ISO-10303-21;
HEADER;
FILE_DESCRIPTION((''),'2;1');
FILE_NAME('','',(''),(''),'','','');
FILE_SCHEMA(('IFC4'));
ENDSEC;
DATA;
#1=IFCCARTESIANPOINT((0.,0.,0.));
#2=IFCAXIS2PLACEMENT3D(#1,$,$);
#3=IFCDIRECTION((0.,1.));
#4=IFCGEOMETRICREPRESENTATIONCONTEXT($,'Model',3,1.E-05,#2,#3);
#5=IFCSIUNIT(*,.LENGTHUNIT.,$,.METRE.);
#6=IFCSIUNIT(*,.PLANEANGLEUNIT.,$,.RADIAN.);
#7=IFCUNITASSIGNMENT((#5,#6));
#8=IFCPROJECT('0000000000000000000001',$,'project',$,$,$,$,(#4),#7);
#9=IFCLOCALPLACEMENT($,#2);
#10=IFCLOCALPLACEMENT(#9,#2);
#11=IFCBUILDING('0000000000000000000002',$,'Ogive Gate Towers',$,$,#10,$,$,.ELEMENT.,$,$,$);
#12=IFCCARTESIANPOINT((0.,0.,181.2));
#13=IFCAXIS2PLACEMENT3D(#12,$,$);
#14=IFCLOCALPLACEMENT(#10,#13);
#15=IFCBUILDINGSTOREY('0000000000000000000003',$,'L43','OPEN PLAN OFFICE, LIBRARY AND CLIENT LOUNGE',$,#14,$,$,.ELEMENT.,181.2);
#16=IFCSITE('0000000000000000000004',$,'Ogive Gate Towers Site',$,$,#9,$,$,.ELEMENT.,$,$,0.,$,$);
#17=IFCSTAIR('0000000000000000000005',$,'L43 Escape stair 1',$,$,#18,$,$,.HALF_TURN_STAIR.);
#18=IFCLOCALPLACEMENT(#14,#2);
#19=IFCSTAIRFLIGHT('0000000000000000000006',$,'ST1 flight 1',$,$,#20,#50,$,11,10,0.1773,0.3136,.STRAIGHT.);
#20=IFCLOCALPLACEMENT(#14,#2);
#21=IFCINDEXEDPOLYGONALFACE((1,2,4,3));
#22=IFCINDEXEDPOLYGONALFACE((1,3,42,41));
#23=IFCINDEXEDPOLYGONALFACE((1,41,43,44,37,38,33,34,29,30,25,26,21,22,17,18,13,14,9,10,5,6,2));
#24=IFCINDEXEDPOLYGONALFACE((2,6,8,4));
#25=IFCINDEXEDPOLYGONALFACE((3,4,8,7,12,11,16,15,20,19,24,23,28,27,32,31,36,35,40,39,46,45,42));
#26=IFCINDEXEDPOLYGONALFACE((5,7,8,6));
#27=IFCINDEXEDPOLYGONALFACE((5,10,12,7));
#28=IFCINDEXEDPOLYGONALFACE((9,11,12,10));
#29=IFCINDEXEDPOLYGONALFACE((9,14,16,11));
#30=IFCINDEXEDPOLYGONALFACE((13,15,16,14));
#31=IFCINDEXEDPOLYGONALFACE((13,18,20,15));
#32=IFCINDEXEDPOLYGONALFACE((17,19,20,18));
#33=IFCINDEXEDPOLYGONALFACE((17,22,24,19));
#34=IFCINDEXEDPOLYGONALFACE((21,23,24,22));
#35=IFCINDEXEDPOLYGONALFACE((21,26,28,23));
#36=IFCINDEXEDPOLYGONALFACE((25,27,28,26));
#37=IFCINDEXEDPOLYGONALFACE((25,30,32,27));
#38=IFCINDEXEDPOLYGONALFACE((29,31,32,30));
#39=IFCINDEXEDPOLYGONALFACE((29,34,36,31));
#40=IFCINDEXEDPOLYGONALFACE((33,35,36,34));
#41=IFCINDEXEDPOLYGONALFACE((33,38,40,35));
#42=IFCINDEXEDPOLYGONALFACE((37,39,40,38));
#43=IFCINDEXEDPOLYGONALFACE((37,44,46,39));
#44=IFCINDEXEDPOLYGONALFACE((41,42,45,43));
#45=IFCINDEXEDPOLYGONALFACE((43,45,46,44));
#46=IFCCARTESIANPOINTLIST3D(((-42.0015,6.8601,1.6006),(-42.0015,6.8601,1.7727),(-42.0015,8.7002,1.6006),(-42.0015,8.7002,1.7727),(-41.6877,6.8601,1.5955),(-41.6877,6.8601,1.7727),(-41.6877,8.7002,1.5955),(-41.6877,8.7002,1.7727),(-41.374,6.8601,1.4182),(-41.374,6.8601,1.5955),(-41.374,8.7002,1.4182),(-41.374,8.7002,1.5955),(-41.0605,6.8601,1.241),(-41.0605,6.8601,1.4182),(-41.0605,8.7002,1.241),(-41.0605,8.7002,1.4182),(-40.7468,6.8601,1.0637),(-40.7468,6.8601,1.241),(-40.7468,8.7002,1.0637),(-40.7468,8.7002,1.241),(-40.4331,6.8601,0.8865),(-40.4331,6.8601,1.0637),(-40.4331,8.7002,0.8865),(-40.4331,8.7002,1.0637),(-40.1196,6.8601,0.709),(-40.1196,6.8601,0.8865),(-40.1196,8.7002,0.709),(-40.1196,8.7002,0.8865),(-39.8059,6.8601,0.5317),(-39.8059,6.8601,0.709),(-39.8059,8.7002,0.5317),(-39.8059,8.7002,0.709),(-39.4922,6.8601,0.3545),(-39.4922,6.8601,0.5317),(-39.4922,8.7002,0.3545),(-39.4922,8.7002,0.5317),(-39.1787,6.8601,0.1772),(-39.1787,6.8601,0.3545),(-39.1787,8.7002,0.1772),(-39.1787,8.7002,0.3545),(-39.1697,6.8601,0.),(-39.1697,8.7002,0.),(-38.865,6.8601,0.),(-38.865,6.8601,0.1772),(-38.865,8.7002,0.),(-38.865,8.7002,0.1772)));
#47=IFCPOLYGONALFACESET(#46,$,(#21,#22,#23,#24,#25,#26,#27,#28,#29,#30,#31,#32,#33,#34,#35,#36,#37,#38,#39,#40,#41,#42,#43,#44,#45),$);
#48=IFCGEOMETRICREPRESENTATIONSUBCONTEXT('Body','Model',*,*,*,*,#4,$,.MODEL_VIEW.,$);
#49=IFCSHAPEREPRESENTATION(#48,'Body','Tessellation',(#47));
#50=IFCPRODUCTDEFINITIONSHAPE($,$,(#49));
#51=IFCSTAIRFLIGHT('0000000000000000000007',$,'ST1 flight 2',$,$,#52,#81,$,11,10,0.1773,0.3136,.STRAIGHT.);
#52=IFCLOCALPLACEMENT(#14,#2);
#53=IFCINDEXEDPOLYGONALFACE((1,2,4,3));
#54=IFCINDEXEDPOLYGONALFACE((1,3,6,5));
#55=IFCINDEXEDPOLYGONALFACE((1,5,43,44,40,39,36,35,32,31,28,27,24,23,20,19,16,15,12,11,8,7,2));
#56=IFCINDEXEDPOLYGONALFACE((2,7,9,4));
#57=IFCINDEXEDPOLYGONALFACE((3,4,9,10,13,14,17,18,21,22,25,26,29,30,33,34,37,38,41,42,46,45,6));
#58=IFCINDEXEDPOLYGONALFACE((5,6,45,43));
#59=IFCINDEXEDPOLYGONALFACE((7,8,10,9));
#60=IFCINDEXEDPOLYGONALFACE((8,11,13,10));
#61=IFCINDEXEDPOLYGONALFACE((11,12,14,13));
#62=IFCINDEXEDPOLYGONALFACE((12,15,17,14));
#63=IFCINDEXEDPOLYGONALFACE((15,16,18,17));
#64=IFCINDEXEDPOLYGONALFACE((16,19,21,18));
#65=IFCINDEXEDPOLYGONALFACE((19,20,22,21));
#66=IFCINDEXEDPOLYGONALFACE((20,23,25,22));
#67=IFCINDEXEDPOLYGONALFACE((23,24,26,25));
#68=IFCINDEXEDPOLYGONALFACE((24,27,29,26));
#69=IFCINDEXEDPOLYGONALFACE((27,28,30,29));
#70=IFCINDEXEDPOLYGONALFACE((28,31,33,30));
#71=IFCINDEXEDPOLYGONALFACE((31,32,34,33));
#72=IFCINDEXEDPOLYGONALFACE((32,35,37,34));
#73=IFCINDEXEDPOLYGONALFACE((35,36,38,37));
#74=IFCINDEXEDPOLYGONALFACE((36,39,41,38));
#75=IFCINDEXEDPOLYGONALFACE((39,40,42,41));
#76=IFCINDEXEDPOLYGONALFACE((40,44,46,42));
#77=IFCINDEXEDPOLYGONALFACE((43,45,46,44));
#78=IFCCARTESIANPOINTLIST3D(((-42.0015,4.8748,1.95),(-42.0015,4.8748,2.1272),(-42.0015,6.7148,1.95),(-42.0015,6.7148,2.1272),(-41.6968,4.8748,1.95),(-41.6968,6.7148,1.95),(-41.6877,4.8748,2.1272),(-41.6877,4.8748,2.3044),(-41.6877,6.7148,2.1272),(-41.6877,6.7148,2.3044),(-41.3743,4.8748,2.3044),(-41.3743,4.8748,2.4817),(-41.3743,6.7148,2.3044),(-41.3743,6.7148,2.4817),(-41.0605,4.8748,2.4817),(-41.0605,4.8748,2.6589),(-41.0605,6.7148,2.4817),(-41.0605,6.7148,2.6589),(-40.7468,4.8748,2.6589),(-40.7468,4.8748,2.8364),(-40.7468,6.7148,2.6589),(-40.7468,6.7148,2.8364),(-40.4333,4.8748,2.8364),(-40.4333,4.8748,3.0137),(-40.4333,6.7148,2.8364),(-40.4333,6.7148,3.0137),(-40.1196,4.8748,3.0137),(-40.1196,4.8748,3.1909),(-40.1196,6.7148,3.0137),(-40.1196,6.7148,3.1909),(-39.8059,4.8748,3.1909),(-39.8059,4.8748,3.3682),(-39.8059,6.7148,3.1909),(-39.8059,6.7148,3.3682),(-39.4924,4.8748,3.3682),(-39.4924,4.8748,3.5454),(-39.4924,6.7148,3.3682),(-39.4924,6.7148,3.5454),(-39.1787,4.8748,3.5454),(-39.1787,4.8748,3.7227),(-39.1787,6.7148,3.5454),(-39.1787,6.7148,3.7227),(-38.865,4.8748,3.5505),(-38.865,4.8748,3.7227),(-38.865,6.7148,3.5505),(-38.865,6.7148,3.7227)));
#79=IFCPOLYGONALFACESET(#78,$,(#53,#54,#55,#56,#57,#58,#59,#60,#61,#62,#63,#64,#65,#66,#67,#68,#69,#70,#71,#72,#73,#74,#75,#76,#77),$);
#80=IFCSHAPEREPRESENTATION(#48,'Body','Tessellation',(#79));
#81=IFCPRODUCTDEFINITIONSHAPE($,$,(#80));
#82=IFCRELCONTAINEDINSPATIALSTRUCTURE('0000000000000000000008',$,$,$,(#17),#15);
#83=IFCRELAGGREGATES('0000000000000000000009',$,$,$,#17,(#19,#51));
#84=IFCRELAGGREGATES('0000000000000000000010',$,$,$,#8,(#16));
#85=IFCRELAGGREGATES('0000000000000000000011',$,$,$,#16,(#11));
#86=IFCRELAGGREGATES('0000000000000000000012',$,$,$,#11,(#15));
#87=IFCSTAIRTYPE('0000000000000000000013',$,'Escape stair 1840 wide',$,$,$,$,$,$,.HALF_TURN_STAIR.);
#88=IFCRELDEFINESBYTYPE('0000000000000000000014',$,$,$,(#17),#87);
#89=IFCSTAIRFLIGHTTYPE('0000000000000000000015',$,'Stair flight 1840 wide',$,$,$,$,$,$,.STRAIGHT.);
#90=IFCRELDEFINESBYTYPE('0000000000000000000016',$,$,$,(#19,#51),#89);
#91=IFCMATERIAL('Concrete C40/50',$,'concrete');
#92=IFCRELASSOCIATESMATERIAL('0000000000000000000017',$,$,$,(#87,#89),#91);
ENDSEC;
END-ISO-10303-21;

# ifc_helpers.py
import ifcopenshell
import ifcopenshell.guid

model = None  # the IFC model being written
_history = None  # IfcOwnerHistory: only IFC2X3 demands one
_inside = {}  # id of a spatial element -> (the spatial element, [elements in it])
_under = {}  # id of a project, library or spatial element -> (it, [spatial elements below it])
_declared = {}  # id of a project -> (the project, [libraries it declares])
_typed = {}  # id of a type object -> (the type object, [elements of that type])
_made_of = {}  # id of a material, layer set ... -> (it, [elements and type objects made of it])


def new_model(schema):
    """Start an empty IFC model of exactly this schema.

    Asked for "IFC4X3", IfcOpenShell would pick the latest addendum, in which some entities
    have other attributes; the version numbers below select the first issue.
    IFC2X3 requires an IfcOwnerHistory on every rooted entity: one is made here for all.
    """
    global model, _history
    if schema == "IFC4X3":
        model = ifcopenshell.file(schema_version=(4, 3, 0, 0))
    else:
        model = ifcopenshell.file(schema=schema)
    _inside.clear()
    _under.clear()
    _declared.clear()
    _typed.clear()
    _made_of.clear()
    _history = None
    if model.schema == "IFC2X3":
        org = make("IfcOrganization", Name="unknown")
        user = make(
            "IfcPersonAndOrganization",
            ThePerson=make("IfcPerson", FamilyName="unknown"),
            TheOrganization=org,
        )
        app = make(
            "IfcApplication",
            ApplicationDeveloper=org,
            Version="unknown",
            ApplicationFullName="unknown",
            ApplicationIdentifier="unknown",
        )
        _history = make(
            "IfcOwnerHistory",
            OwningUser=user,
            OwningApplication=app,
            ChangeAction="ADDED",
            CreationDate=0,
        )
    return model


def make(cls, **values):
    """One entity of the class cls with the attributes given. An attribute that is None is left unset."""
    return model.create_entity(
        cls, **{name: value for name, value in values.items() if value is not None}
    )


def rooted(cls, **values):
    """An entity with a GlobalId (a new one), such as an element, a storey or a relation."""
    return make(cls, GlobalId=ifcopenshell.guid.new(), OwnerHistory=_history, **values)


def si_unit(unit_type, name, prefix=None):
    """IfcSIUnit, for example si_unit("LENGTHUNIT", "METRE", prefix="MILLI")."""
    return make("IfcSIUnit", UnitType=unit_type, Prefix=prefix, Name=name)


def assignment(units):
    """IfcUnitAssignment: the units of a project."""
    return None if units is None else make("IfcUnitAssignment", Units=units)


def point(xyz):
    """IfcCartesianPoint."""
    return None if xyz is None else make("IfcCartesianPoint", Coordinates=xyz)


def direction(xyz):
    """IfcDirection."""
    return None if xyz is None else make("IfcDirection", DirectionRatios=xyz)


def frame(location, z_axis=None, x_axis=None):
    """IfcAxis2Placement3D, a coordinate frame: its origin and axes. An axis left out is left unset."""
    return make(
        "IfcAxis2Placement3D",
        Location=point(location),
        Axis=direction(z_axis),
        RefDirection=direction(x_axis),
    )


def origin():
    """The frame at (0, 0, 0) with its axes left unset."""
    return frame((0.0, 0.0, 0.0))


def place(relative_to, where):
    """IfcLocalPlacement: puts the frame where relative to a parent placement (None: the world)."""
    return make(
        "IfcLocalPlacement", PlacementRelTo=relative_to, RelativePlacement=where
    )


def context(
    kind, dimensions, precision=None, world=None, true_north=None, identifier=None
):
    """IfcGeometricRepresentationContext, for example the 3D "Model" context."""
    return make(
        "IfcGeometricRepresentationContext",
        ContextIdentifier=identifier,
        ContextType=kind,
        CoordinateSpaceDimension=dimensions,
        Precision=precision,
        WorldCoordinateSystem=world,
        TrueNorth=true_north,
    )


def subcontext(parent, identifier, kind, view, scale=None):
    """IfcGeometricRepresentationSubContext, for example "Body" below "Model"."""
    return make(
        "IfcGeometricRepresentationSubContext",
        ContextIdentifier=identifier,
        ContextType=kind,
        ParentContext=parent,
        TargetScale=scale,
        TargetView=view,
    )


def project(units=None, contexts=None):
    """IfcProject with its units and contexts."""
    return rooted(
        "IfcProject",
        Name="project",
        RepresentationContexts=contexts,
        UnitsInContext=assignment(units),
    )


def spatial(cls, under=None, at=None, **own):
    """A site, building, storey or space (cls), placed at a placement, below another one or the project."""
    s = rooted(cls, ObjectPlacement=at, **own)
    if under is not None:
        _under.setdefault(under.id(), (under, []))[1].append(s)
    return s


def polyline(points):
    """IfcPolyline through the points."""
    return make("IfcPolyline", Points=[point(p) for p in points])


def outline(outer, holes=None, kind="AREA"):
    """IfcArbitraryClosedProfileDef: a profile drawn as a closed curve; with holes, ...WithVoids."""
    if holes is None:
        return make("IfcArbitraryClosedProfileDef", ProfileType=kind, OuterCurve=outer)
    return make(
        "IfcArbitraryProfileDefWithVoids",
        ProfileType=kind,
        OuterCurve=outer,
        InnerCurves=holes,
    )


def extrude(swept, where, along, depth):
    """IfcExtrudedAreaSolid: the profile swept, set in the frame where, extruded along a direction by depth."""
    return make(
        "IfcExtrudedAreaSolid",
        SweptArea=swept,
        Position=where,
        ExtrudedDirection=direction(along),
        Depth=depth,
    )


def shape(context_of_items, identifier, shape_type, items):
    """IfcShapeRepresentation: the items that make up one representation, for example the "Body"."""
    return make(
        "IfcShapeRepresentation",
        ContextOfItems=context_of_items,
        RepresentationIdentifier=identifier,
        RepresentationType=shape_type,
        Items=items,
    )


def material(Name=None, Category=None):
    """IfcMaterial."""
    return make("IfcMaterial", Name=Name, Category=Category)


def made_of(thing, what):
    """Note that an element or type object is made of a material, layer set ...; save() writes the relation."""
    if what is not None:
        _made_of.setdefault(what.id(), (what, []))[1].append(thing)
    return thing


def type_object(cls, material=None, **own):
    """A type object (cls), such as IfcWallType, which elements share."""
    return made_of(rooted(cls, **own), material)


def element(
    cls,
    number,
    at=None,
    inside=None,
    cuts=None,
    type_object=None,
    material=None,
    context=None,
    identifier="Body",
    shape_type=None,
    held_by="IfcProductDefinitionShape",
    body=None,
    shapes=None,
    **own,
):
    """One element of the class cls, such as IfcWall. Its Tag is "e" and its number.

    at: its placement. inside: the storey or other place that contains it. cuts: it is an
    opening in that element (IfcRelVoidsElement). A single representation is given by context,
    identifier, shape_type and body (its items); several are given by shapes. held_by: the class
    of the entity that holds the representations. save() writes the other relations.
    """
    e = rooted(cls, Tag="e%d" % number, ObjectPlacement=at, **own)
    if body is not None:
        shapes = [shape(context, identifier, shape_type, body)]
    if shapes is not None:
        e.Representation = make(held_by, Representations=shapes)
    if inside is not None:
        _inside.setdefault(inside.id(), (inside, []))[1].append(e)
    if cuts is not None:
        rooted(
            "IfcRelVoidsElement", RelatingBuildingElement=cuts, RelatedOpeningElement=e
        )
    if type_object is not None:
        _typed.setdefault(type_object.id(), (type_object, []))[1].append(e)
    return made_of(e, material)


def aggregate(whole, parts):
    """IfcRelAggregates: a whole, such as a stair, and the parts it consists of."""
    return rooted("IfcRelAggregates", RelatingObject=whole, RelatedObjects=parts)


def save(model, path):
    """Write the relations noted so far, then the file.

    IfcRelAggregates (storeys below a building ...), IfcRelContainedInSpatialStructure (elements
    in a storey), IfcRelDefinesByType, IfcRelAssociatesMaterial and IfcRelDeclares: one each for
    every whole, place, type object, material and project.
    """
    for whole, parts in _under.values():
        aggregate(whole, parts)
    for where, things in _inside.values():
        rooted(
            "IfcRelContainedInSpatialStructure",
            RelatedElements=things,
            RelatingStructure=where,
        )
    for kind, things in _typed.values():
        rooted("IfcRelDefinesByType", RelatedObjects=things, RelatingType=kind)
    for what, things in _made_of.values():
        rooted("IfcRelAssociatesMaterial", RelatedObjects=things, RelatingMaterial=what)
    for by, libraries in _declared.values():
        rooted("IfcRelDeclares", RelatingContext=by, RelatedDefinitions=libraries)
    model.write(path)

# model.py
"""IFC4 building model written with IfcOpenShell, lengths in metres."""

from ifc_helpers import new_model, si_unit, direction, frame, origin, place, context, subcontext, project, spatial, polyline, outline, extrude, material, type_object, element, aggregate, save


model = new_model("IFC4")

# Units and contexts
model_context = context("Model", 3, precision=1e-05, world=origin(), true_north=direction((0.0, 1.0)))
body_context = subcontext(model_context, "Body", "Model", "MODEL_VIEW")
ifc_project = project(units=[si_unit("LENGTHUNIT", "METRE"), si_unit("PLANEANGLEUNIT", "RADIAN")], contexts=[model_context])

# Site, building, storey
site_placement = place(None, origin())
site = spatial("IfcSite", under=ifc_project, at=site_placement, Name="Ogive Gate Towers Site", CompositionType="ELEMENT", RefElevation=0.0)
building_placement = place(site_placement, origin())
building = spatial("IfcBuilding", under=site, at=building_placement, Name="Ogive Gate Towers", CompositionType="ELEMENT")
storey_placement = place(building_placement, frame((0.0, 0.0, 181.2)))
storey = spatial("IfcBuildingStorey", under=building, at=storey_placement, Name="L43", Description="OPEN PLAN OFFICE, LIBRARY AND CLIENT LOUNGE", CompositionType="ELEMENT", Elevation=181.2)

# Stair, stair flights
ifc_material_1 = material(Name="Concrete C40/50", Category="concrete")
stair_type = type_object("IfcStairType", Name="Escape stair 1840 wide", PredefinedType="HALF_TURN_STAIR", material=ifc_material_1)
stair_placement = place(storey_placement, origin())
stair = element("IfcStair", 1, at=stair_placement, inside=storey, type_object=stair_type, Name="L43 Escape stair 1", PredefinedType="HALF_TURN_STAIR")
stair_flight_type = type_object("IfcStairFlightType", Name="Stair flight 1840 wide", PredefinedType="STRAIGHT", material=ifc_material_1)
stair_flight_1_placement = place(storey_placement, frame((-38.865, 7.78, 0.0), z_axis=(0.0, 0.0, 1.0), x_axis=(-1.0, 0.0, 0.0)))
stair_flight_1 = element("IfcStairFlight", 2, at=stair_flight_1_placement, type_object=stair_flight_type, Name="ST1 flight 1", NumberOfRisers=11, NumberOfTreads=10, PredefinedType="STRAIGHT", RiserHeight=0.1773, TreadLength=0.3136, context=body_context, shape_type="SweptSolid", body=[
    extrude(outline(polyline([(0.0, 0.0), (0.0, 0.1772), (0.3137, 0.1772), (0.3137, 0.3545), (0.6272, 0.3545), (0.6272, 0.5317), (0.9409, 0.5317), (0.9409, 0.709), (1.2546, 0.709), (1.2546, 0.8865), (1.5681, 0.8865), (1.5681, 1.0637), (1.8818, 1.0637), (1.8818, 1.241), (2.1956, 1.241), (2.1956, 1.4182), (2.509, 1.4182), (2.509, 1.5955), (2.8228, 1.5955), (2.8228, 1.7727), (3.1365, 1.7727), (3.1365, 1.95), (3.1365, 1.6006), (0.3047, 0.0), (0.0, 0.0)])), frame((0.0, 0.9199, 0.0), z_axis=(0.0, -1.0, 0.0), x_axis=(1.0, 0.0, 0.0)), (0.0, 0.0, 1.0), 1.8401),
])
stair_flight_2_placement = place(storey_placement, frame((-42.0015, 5.7949, 1.95), z_axis=(0.0, 0.0, 1.0), x_axis=(1.0, 0.0, 0.0)))
stair_flight_2 = element("IfcStairFlight", 3, at=stair_flight_2_placement, type_object=stair_flight_type, Name="ST1 flight 2", NumberOfRisers=11, NumberOfTreads=10, PredefinedType="STRAIGHT", RiserHeight=0.1773, TreadLength=0.3136, context=body_context, shape_type="SweptSolid", body=[
    extrude(outline(polyline([(0.0, 0.0), (0.0, 0.1772), (0.3137, 0.1772), (0.3137, 0.3545), (0.6272, 0.3545), (0.6272, 0.5317), (0.9409, 0.5317), (0.9409, 0.709), (1.2546, 0.709), (1.2546, 0.8865), (1.5681, 0.8865), (1.5681, 1.0637), (1.8818, 1.0637), (1.8818, 1.241), (2.1956, 1.241), (2.1956, 1.4182), (2.509, 1.4182), (2.509, 1.5955), (2.8228, 1.5955), (2.8228, 1.7727), (3.1365, 1.7727), (3.1365, 1.95), (3.1365, 1.6006), (0.3047, 0.0), (0.0, 0.0)])), frame((0.0, 0.9199, 0.0), z_axis=(0.0, -1.0, 0.0), x_axis=(1.0, 0.0, 0.0)), (0.0, 0.0, 1.0), 1.8401),
])
aggregate(stair, [stair_flight_1, stair_flight_2])

save(model, "model.ifc")
